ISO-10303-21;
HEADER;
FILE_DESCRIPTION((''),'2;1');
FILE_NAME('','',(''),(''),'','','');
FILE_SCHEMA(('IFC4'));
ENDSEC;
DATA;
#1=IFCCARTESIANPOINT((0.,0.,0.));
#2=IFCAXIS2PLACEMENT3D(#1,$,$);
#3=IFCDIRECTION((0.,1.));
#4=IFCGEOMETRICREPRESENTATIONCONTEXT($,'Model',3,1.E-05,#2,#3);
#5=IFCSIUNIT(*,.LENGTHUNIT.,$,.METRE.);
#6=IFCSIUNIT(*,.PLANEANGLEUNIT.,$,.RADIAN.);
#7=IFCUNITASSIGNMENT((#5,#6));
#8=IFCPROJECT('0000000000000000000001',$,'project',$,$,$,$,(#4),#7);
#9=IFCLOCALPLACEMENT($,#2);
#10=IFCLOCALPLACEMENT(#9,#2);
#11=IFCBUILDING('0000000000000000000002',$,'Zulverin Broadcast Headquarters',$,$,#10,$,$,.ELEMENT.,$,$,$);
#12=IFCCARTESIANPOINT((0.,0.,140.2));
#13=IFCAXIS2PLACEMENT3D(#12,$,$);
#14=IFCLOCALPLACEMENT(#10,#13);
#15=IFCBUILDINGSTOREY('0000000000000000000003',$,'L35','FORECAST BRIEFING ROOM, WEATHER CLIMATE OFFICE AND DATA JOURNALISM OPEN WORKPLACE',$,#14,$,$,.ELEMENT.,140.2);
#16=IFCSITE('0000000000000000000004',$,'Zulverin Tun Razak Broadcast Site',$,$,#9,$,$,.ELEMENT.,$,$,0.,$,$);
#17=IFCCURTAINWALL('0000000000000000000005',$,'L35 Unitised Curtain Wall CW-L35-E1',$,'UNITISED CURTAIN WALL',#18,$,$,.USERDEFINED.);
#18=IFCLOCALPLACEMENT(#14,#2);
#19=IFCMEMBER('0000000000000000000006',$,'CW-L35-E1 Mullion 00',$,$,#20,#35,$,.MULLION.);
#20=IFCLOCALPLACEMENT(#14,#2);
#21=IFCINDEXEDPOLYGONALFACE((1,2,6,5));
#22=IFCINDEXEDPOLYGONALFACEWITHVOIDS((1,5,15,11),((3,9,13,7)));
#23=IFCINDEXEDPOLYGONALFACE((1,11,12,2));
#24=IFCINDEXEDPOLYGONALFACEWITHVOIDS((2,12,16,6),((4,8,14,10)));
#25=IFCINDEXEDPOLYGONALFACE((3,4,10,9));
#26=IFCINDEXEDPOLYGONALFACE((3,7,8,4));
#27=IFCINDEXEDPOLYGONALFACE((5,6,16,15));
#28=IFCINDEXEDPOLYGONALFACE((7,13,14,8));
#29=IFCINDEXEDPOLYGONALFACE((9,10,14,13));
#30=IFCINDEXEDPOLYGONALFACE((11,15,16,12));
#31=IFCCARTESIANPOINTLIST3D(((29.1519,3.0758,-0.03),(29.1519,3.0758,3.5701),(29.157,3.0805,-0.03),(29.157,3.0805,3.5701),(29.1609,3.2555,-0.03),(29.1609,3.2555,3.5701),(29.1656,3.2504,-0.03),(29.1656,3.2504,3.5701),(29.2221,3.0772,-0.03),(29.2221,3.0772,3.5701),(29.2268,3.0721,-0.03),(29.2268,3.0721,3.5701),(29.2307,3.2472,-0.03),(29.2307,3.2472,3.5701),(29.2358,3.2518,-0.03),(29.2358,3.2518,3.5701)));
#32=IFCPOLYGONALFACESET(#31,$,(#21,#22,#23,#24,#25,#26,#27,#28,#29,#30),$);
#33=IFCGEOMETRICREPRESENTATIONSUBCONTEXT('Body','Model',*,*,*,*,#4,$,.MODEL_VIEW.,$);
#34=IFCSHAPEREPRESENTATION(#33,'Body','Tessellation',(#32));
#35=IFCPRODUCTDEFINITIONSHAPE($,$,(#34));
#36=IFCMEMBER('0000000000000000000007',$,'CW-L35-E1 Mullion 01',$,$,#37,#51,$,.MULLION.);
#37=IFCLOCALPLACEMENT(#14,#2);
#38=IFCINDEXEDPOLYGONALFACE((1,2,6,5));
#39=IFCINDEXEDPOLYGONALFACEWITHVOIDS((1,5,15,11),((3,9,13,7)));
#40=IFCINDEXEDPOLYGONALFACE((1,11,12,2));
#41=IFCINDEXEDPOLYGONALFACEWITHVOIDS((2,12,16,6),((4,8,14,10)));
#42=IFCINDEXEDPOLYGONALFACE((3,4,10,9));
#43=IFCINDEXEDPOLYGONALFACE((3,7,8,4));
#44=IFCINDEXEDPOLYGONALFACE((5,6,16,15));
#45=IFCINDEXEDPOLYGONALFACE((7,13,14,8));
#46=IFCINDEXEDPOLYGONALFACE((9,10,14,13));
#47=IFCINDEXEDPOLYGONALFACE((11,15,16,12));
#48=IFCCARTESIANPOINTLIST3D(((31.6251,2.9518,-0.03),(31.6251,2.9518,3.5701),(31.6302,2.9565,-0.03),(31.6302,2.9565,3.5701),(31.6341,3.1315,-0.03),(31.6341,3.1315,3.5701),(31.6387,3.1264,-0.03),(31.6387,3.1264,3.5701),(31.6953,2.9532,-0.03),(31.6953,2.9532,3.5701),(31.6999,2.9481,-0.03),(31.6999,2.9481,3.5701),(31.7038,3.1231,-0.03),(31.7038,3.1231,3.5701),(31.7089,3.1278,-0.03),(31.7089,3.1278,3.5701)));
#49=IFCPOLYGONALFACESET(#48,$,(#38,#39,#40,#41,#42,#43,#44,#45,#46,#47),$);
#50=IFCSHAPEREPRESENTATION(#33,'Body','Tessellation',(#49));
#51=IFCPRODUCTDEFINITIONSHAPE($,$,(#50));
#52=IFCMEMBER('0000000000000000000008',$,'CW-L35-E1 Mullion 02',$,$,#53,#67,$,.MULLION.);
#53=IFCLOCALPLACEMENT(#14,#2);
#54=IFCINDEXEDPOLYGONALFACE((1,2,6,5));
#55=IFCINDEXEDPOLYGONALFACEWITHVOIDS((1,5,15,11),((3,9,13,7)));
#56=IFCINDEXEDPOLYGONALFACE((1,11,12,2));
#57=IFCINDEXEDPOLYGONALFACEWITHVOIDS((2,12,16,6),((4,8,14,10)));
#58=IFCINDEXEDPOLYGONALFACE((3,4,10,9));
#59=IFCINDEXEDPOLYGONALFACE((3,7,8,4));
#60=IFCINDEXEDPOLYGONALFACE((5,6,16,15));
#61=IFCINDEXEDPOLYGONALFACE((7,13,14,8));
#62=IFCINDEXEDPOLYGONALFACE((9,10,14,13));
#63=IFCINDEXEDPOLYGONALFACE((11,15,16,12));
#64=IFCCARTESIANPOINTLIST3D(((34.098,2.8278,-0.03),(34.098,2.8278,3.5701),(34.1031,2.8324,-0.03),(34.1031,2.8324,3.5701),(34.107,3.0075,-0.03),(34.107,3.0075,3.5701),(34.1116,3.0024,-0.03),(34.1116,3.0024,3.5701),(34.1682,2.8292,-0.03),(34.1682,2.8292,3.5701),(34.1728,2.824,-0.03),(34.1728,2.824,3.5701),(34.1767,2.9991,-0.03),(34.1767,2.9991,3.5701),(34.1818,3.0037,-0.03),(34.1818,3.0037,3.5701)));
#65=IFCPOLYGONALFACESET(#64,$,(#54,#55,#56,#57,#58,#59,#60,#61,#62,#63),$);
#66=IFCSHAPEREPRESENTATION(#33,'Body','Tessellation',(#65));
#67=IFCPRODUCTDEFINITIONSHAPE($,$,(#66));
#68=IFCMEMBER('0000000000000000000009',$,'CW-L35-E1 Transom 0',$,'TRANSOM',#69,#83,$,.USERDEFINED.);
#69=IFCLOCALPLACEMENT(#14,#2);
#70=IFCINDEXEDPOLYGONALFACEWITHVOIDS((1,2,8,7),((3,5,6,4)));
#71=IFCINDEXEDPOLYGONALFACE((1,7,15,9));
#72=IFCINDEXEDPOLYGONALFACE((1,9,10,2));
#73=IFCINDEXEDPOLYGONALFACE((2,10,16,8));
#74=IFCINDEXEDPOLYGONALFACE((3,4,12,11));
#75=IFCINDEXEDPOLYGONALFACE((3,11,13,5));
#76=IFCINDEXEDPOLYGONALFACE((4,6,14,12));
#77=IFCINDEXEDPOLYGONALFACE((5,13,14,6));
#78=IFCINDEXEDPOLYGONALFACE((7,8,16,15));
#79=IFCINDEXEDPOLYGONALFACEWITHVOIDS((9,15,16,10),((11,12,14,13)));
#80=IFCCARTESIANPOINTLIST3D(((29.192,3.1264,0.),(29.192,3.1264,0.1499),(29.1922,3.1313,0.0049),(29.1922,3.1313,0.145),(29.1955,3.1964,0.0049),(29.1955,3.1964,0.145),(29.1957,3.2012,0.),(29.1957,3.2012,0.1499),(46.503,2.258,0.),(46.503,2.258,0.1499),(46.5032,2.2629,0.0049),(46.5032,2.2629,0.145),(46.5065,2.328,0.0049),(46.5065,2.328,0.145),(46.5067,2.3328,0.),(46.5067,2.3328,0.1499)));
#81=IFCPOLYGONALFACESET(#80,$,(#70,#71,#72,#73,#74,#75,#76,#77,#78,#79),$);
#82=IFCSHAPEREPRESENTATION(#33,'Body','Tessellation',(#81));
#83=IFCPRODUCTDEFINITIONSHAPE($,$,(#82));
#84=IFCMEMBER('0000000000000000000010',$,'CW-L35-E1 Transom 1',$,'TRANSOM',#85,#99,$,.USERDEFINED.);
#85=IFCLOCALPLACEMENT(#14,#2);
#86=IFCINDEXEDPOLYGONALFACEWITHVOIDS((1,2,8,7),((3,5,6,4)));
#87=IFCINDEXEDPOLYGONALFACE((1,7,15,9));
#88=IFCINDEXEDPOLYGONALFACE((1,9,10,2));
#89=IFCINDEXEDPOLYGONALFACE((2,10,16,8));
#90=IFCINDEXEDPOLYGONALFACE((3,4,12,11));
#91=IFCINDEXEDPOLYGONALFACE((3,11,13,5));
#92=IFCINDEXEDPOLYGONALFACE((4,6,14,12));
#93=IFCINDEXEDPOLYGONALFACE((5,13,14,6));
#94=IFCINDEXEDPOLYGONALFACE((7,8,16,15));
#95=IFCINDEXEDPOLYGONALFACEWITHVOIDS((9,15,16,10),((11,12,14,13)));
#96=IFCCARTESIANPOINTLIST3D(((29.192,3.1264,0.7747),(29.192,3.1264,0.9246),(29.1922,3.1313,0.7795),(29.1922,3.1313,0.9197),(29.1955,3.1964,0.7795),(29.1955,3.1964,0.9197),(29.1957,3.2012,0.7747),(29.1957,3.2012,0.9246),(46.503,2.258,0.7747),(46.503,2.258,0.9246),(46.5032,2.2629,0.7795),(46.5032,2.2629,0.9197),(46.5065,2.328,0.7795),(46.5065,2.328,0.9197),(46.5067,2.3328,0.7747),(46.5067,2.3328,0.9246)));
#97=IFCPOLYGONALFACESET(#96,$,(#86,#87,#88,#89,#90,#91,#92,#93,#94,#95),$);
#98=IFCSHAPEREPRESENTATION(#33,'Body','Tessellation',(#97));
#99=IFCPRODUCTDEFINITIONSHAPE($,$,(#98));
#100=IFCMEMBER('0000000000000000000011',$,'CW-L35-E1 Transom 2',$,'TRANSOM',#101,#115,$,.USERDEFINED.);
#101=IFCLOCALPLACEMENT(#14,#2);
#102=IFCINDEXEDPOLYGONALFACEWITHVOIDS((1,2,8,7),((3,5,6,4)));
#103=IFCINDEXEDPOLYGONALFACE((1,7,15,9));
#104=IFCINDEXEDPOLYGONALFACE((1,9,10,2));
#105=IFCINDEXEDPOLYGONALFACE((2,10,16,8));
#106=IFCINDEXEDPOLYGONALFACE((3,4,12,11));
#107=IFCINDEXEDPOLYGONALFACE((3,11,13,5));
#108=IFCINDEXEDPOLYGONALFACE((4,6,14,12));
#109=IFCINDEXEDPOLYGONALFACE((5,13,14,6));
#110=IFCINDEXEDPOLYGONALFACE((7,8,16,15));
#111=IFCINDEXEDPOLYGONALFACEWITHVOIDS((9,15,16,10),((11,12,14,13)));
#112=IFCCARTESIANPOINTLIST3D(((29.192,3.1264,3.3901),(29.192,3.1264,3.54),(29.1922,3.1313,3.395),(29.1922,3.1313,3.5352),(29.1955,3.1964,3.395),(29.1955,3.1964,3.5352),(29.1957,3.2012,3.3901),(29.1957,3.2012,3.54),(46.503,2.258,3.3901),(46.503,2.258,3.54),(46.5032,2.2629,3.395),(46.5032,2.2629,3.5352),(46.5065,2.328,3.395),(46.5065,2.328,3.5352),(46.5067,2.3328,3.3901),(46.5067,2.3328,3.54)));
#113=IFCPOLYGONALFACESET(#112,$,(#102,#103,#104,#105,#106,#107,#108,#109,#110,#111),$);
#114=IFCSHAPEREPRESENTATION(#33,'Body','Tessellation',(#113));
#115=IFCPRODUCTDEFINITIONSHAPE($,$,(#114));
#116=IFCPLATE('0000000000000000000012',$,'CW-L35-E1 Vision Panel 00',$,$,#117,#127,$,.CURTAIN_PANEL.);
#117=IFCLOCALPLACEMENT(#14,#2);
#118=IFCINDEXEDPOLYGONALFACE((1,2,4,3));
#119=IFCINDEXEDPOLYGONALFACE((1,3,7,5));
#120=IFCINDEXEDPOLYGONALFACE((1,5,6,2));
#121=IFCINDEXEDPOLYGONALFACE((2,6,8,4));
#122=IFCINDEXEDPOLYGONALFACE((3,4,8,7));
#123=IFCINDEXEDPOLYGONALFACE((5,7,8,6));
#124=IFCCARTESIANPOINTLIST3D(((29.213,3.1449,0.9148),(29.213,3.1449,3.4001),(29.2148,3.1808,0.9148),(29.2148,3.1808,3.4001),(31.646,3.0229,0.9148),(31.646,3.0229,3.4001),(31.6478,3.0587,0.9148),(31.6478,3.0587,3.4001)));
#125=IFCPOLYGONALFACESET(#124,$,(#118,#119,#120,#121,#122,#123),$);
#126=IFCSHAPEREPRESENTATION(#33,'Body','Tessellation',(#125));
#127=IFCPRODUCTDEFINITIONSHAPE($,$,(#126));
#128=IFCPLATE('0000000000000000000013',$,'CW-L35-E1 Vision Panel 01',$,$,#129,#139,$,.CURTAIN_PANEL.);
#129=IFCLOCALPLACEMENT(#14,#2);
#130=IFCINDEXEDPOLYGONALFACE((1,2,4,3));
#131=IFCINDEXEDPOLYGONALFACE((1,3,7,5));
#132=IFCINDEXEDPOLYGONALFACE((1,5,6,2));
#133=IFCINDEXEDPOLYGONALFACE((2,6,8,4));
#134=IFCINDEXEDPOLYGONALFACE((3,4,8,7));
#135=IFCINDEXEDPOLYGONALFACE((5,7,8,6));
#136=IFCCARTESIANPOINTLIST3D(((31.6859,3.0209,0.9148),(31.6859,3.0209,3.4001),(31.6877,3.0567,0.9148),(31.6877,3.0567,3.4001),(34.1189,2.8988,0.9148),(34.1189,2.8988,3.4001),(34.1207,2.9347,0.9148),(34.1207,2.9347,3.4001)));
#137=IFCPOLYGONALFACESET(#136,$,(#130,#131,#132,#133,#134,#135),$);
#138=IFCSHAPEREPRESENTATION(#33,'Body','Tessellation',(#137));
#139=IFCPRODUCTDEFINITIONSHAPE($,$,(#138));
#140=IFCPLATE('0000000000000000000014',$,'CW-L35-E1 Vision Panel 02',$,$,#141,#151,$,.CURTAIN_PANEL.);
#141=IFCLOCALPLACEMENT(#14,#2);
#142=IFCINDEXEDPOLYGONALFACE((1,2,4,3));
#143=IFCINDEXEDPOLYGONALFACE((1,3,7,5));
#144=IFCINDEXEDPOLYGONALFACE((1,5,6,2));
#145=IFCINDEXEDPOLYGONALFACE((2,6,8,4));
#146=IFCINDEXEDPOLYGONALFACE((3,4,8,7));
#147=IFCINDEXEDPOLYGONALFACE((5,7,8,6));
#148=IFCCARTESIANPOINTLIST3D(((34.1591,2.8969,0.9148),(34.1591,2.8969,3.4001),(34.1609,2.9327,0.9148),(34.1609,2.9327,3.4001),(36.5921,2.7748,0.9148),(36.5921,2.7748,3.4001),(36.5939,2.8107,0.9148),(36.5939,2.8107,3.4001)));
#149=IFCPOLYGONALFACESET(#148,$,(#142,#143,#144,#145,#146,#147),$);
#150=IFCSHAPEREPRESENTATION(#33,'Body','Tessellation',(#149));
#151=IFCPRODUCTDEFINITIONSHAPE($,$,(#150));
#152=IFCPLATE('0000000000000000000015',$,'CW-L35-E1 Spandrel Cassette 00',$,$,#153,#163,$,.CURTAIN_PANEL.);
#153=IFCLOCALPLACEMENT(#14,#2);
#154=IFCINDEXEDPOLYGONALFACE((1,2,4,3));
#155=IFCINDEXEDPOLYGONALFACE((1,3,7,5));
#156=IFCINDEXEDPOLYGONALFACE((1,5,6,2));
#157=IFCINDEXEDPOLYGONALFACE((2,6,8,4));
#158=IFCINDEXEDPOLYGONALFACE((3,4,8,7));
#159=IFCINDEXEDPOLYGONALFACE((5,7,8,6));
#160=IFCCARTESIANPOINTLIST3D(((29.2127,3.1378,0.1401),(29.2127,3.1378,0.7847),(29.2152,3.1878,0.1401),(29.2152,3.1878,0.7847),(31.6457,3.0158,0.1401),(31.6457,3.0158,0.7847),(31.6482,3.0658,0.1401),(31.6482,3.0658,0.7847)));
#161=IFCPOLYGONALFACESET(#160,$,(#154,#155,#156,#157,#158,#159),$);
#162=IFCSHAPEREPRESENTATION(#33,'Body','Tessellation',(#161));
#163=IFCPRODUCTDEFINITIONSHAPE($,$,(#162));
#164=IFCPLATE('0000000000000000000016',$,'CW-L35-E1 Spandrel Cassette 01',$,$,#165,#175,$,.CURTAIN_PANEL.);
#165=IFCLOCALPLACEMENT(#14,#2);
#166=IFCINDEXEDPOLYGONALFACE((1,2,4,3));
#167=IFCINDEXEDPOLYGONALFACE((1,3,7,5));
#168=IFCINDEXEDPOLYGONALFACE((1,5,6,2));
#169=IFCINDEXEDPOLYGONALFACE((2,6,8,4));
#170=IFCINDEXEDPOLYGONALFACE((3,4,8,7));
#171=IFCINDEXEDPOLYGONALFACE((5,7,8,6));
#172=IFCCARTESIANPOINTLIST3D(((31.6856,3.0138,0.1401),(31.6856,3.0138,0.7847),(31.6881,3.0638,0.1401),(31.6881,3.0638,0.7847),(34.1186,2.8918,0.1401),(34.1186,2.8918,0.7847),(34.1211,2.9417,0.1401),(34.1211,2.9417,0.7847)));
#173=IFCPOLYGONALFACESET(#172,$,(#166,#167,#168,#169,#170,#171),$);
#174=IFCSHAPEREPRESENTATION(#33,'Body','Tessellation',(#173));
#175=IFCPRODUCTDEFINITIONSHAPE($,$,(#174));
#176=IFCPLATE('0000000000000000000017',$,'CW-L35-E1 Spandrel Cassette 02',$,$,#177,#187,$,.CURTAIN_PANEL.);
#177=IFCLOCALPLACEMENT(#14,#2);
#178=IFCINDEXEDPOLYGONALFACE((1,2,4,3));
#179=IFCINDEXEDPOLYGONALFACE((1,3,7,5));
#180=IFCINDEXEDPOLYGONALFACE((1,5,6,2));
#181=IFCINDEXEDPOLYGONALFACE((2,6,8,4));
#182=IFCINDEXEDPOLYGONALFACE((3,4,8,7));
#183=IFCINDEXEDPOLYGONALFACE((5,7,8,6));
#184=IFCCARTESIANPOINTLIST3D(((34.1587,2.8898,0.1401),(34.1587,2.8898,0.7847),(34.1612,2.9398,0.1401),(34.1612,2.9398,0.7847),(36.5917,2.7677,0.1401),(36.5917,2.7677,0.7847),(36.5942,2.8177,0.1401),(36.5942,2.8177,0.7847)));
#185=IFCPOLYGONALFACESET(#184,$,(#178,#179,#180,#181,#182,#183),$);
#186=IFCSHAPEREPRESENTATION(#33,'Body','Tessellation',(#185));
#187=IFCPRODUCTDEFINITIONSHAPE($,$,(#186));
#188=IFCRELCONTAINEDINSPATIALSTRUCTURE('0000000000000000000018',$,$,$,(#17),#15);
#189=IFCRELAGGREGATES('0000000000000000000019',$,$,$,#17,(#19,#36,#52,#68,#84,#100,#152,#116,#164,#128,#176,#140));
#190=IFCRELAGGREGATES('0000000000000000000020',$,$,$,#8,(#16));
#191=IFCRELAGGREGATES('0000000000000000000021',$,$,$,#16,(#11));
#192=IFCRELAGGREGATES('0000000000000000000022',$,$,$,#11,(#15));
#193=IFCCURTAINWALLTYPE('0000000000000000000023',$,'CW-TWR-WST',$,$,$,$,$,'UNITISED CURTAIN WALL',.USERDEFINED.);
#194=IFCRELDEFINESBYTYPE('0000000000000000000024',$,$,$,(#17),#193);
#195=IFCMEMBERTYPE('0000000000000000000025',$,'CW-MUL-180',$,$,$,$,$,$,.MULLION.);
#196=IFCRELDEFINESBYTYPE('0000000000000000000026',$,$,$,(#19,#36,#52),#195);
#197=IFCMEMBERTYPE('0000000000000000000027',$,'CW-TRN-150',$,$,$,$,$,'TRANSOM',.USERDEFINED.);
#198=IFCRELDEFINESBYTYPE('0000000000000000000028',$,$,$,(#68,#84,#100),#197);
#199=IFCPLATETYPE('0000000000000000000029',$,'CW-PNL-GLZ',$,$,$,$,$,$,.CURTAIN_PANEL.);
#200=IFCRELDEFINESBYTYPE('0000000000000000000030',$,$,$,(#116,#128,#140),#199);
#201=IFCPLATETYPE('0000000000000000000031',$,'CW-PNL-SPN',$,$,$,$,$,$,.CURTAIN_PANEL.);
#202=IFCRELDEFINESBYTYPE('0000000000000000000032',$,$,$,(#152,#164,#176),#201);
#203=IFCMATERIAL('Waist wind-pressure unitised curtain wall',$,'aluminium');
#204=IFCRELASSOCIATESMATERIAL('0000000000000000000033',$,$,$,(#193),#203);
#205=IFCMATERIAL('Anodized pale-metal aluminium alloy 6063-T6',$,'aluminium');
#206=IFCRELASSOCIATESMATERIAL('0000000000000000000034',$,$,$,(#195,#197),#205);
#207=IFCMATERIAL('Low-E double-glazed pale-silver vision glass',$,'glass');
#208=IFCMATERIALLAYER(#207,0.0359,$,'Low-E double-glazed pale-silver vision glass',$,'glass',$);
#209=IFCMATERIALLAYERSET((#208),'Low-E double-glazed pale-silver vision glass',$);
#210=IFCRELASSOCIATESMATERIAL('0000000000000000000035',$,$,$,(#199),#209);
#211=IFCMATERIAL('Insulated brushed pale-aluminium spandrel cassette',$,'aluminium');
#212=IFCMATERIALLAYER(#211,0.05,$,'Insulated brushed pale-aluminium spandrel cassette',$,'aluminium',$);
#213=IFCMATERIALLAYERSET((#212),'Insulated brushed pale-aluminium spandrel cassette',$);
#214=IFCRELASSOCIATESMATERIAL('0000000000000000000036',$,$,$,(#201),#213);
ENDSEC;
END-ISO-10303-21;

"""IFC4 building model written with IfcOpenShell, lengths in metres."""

from ifc_helpers import new_model, si_unit, direction, frame, origin, origin_2d, place, context, subcontext, project, spatial, rectangle, hollow_rectangle, extrude, material, layer, layer_set, material_profile, profile_set, type_object, element, aggregate, save


model = new_model("IFC4")

# Units and contexts
model_context = context("Model", 3, precision=1e-05, world=origin(), true_north=direction((0.0, 1.0)))
body_context = subcontext(model_context, "Body", "Model", "MODEL_VIEW")
ifc_project = project(units=[si_unit("LENGTHUNIT", "METRE"), si_unit("PLANEANGLEUNIT", "RADIAN")], contexts=[model_context])

# Site, building, storey
site_placement = place(None, origin())
site = spatial("IfcSite", under=ifc_project, at=site_placement, Name="Zulverin Tun Razak Broadcast Site", CompositionType="ELEMENT", RefElevation=0.0)
building_placement = place(site_placement, origin())
building = spatial("IfcBuilding", under=site, at=building_placement, Name="Zulverin Broadcast Headquarters", CompositionType="ELEMENT")
storey_placement = place(building_placement, frame((0.0, 0.0, 140.2)))
storey = spatial("IfcBuildingStorey", under=building, at=storey_placement, Name="L35", Description="FORECAST BRIEFING ROOM, WEATHER CLIMATE OFFICE AND DATA JOURNALISM OPEN WORKPLACE", CompositionType="ELEMENT", Elevation=140.2)

# Curtain wall, members, plates
ifc_material_1 = material(Name="Waist wind-pressure unitised curtain wall", Category="aluminium")
curtain_wall_type = type_object("IfcCurtainWallType", Name="CW-TWR-WST", ElementType="UNITISED CURTAIN WALL", PredefinedType="USERDEFINED", material=ifc_material_1)
curtain_wall_placement = place(storey_placement, origin())
curtain_wall = element("IfcCurtainWall", 1, at=curtain_wall_placement, inside=storey, type_object=curtain_wall_type, Name="L35 Unitised Curtain Wall CW-L35-E1", ObjectType="UNITISED CURTAIN WALL", PredefinedType="USERDEFINED")
ifc_material_2 = material(Name="Anodized pale-metal aluminium alloy 6063-T6", Category="aluminium")
ifc_material_profile_1 = material_profile(ifc_material_2, hollow_rectangle(XDim=0.075, YDim=0.1799, WallThickness=0.0049, at=origin_2d()), Name="Anodized pale-metal aluminium alloy 6063-T6", Category="aluminium")
ifc_profile_set_1 = profile_set([ifc_material_profile_1], Name="Anodized pale-metal aluminium alloy 6063-T6")
member_type_1 = type_object("IfcMemberType", Name="CW-MUL-180", PredefinedType="MULLION", material=ifc_profile_set_1)
member_1_placement = place(storey_placement, frame((29.1938, 3.1638, -0.03), z_axis=(0.0, 0.0, 1.0), x_axis=(0.998744, -0.050107, 0.0)))
member_1 = element("IfcMember", 2, at=member_1_placement, type_object=member_type_1, Name="CW-L35-E1 Mullion 00", PredefinedType="MULLION", context=body_context, shape_type="SweptSolid", body=[
    extrude(hollow_rectangle(XDim=0.075, YDim=0.1799, WallThickness=0.0049, at=origin_2d()), origin(), (0.0, 0.0, 1.0), 3.6001),
])
member_2_placement = place(storey_placement, frame((31.667, 3.0398, -0.03), z_axis=(0.0, 0.0, 1.0), x_axis=(0.998744, -0.050107, 0.0)))
member_2 = element("IfcMember", 3, at=member_2_placement, type_object=member_type_1, Name="CW-L35-E1 Mullion 01", PredefinedType="MULLION", context=body_context, shape_type="SweptSolid", body=[
    extrude(hollow_rectangle(XDim=0.075, YDim=0.1799, WallThickness=0.0049, at=origin_2d()), origin(), (0.0, 0.0, 1.0), 3.6001),
])
member_3_placement = place(storey_placement, frame((34.1399, 2.9158, -0.03), z_axis=(0.0, 0.0, 1.0), x_axis=(0.998744, -0.050107, 0.0)))
member_3 = element("IfcMember", 4, at=member_3_placement, type_object=member_type_1, Name="CW-L35-E1 Mullion 02", PredefinedType="MULLION", context=body_context, shape_type="SweptSolid", body=[
    extrude(hollow_rectangle(XDim=0.075, YDim=0.1799, WallThickness=0.0049, at=origin_2d()), origin(), (0.0, 0.0, 1.0), 3.6001),
])
ifc_material_profile_2 = material_profile(ifc_material_2, hollow_rectangle(XDim=0.075, YDim=0.1499, WallThickness=0.0049, at=origin_2d()), Name="Anodized pale-metal aluminium alloy 6063-T6", Category="aluminium")
ifc_profile_set_2 = profile_set([ifc_material_profile_2], Name="Anodized pale-metal aluminium alloy 6063-T6")
member_type_2 = type_object("IfcMemberType", Name="CW-TRN-150", ElementType="TRANSOM", PredefinedType="USERDEFINED", material=ifc_profile_set_2)
member_4_placement = place(storey_placement, frame((29.1938, 3.1638, 0.075), z_axis=(0.998744, -0.050102, 0.0), x_axis=(0.050102, 0.998744, 0.0)))
member_4 = element("IfcMember", 5, at=member_4_placement, type_object=member_type_2, Name="CW-L35-E1 Transom 0", ObjectType="TRANSOM", PredefinedType="USERDEFINED", context=body_context, shape_type="SweptSolid", body=[
    extrude(hollow_rectangle(XDim=0.075, YDim=0.1499, WallThickness=0.0049, at=origin_2d()), origin(), (0.0, 0.0, 1.0), 17.3328),
])
member_5_placement = place(storey_placement, frame((29.1938, 3.1638, 0.8496), z_axis=(0.998744, -0.050102, 0.0), x_axis=(0.050102, 0.998744, 0.0)))
member_5 = element("IfcMember", 6, at=member_5_placement, type_object=member_type_2, Name="CW-L35-E1 Transom 1", ObjectType="TRANSOM", PredefinedType="USERDEFINED", context=body_context, shape_type="SweptSolid", body=[
    extrude(hollow_rectangle(XDim=0.075, YDim=0.1499, WallThickness=0.0049, at=origin_2d()), origin(), (0.0, 0.0, 1.0), 17.3328),
])
member_6_placement = place(storey_placement, frame((29.1938, 3.1638, 3.4651), z_axis=(0.998744, -0.050102, 0.0), x_axis=(0.050102, 0.998744, 0.0)))
member_6 = element("IfcMember", 7, at=member_6_placement, type_object=member_type_2, Name="CW-L35-E1 Transom 2", ObjectType="TRANSOM", PredefinedType="USERDEFINED", context=body_context, shape_type="SweptSolid", body=[
    extrude(hollow_rectangle(XDim=0.075, YDim=0.1499, WallThickness=0.0049, at=origin_2d()), origin(), (0.0, 0.0, 1.0), 17.3328),
])
ifc_material_3 = material(Name="Low-E double-glazed pale-silver vision glass", Category="glass")
ifc_layer_1 = layer(ifc_material_3, 0.0359, Name="Low-E double-glazed pale-silver vision glass", Category="glass")
ifc_layer_set_1 = layer_set([ifc_layer_1], Name="Low-E double-glazed pale-silver vision glass")
plate_type_1 = type_object("IfcPlateType", Name="CW-PNL-GLZ", PredefinedType="CURTAIN_PANEL", material=ifc_layer_set_1)
plate_1_placement = place(storey_placement, frame((30.4304, 3.1018, 0.9148), z_axis=(0.0, 0.0, 1.0), x_axis=(0.998744, -0.050107, 0.0)))
plate_1 = element("IfcPlate", 8, at=plate_1_placement, type_object=plate_type_1, Name="CW-L35-E1 Vision Panel 00", PredefinedType="CURTAIN_PANEL", context=body_context, shape_type="SweptSolid", body=[
    extrude(rectangle(XDim=2.436, YDim=0.0359, at=origin_2d()), origin(), (0.0, 0.0, 1.0), 2.4854),
])
plate_2_placement = place(storey_placement, frame((32.9033, 2.9778, 0.9148), z_axis=(0.0, 0.0, 1.0), x_axis=(0.998744, -0.050107, 0.0)))
plate_2 = element("IfcPlate", 9, at=plate_2_placement, type_object=plate_type_1, Name="CW-L35-E1 Vision Panel 01", PredefinedType="CURTAIN_PANEL", context=body_context, shape_type="SweptSolid", body=[
    extrude(rectangle(XDim=2.436, YDim=0.0359, at=origin_2d()), origin(), (0.0, 0.0, 1.0), 2.4854),
])
plate_3_placement = place(storey_placement, frame((35.3765, 2.8538, 0.9148), z_axis=(0.0, 0.0, 1.0), x_axis=(0.998744, -0.050107, 0.0)))
plate_3 = element("IfcPlate", 10, at=plate_3_placement, type_object=plate_type_1, Name="CW-L35-E1 Vision Panel 02", PredefinedType="CURTAIN_PANEL", context=body_context, shape_type="SweptSolid", body=[
    extrude(rectangle(XDim=2.436, YDim=0.0359, at=origin_2d()), origin(), (0.0, 0.0, 1.0), 2.4854),
])
ifc_material_4 = material(Name="Insulated brushed pale-aluminium spandrel cassette", Category="aluminium")
ifc_layer_2 = layer(ifc_material_4, 0.05, Name="Insulated brushed pale-aluminium spandrel cassette", Category="aluminium")
ifc_layer_set_2 = layer_set([ifc_layer_2], Name="Insulated brushed pale-aluminium spandrel cassette")
plate_type_2 = type_object("IfcPlateType", Name="CW-PNL-SPN", PredefinedType="CURTAIN_PANEL", material=ifc_layer_set_2)
plate_4_placement = place(storey_placement, frame((30.4304, 3.1018, 0.1401), z_axis=(0.0, 0.0, 1.0), x_axis=(0.998744, -0.050107, 0.0)))
plate_4 = element("IfcPlate", 11, at=plate_4_placement, type_object=plate_type_2, Name="CW-L35-E1 Spandrel Cassette 00", PredefinedType="CURTAIN_PANEL", context=body_context, shape_type="SweptSolid", body=[
    extrude(rectangle(XDim=2.436, YDim=0.05, at=origin_2d()), origin(), (0.0, 0.0, 1.0), 0.6445),
])
plate_5_placement = place(storey_placement, frame((32.9033, 2.9778, 0.1401), z_axis=(0.0, 0.0, 1.0), x_axis=(0.998744, -0.050107, 0.0)))
plate_5 = element("IfcPlate", 12, at=plate_5_placement, type_object=plate_type_2, Name="CW-L35-E1 Spandrel Cassette 01", PredefinedType="CURTAIN_PANEL", context=body_context, shape_type="SweptSolid", body=[
    extrude(rectangle(XDim=2.436, YDim=0.05, at=origin_2d()), origin(), (0.0, 0.0, 1.0), 0.6445),
])
plate_6_placement = place(storey_placement, frame((35.3765, 2.8538, 0.1401), z_axis=(0.0, 0.0, 1.0), x_axis=(0.998744, -0.050107, 0.0)))
plate_6 = element("IfcPlate", 13, at=plate_6_placement, type_object=plate_type_2, Name="CW-L35-E1 Spandrel Cassette 02", PredefinedType="CURTAIN_PANEL", context=body_context, shape_type="SweptSolid", body=[
    extrude(rectangle(XDim=2.436, YDim=0.05, at=origin_2d()), origin(), (0.0, 0.0, 1.0), 0.6445),
])
aggregate(curtain_wall, [member_1, member_2, member_3, member_4, member_5, member_6, plate_4, plate_1, plate_5, plate_2, plate_6, plate_3])

save(model, "model.ifc")
